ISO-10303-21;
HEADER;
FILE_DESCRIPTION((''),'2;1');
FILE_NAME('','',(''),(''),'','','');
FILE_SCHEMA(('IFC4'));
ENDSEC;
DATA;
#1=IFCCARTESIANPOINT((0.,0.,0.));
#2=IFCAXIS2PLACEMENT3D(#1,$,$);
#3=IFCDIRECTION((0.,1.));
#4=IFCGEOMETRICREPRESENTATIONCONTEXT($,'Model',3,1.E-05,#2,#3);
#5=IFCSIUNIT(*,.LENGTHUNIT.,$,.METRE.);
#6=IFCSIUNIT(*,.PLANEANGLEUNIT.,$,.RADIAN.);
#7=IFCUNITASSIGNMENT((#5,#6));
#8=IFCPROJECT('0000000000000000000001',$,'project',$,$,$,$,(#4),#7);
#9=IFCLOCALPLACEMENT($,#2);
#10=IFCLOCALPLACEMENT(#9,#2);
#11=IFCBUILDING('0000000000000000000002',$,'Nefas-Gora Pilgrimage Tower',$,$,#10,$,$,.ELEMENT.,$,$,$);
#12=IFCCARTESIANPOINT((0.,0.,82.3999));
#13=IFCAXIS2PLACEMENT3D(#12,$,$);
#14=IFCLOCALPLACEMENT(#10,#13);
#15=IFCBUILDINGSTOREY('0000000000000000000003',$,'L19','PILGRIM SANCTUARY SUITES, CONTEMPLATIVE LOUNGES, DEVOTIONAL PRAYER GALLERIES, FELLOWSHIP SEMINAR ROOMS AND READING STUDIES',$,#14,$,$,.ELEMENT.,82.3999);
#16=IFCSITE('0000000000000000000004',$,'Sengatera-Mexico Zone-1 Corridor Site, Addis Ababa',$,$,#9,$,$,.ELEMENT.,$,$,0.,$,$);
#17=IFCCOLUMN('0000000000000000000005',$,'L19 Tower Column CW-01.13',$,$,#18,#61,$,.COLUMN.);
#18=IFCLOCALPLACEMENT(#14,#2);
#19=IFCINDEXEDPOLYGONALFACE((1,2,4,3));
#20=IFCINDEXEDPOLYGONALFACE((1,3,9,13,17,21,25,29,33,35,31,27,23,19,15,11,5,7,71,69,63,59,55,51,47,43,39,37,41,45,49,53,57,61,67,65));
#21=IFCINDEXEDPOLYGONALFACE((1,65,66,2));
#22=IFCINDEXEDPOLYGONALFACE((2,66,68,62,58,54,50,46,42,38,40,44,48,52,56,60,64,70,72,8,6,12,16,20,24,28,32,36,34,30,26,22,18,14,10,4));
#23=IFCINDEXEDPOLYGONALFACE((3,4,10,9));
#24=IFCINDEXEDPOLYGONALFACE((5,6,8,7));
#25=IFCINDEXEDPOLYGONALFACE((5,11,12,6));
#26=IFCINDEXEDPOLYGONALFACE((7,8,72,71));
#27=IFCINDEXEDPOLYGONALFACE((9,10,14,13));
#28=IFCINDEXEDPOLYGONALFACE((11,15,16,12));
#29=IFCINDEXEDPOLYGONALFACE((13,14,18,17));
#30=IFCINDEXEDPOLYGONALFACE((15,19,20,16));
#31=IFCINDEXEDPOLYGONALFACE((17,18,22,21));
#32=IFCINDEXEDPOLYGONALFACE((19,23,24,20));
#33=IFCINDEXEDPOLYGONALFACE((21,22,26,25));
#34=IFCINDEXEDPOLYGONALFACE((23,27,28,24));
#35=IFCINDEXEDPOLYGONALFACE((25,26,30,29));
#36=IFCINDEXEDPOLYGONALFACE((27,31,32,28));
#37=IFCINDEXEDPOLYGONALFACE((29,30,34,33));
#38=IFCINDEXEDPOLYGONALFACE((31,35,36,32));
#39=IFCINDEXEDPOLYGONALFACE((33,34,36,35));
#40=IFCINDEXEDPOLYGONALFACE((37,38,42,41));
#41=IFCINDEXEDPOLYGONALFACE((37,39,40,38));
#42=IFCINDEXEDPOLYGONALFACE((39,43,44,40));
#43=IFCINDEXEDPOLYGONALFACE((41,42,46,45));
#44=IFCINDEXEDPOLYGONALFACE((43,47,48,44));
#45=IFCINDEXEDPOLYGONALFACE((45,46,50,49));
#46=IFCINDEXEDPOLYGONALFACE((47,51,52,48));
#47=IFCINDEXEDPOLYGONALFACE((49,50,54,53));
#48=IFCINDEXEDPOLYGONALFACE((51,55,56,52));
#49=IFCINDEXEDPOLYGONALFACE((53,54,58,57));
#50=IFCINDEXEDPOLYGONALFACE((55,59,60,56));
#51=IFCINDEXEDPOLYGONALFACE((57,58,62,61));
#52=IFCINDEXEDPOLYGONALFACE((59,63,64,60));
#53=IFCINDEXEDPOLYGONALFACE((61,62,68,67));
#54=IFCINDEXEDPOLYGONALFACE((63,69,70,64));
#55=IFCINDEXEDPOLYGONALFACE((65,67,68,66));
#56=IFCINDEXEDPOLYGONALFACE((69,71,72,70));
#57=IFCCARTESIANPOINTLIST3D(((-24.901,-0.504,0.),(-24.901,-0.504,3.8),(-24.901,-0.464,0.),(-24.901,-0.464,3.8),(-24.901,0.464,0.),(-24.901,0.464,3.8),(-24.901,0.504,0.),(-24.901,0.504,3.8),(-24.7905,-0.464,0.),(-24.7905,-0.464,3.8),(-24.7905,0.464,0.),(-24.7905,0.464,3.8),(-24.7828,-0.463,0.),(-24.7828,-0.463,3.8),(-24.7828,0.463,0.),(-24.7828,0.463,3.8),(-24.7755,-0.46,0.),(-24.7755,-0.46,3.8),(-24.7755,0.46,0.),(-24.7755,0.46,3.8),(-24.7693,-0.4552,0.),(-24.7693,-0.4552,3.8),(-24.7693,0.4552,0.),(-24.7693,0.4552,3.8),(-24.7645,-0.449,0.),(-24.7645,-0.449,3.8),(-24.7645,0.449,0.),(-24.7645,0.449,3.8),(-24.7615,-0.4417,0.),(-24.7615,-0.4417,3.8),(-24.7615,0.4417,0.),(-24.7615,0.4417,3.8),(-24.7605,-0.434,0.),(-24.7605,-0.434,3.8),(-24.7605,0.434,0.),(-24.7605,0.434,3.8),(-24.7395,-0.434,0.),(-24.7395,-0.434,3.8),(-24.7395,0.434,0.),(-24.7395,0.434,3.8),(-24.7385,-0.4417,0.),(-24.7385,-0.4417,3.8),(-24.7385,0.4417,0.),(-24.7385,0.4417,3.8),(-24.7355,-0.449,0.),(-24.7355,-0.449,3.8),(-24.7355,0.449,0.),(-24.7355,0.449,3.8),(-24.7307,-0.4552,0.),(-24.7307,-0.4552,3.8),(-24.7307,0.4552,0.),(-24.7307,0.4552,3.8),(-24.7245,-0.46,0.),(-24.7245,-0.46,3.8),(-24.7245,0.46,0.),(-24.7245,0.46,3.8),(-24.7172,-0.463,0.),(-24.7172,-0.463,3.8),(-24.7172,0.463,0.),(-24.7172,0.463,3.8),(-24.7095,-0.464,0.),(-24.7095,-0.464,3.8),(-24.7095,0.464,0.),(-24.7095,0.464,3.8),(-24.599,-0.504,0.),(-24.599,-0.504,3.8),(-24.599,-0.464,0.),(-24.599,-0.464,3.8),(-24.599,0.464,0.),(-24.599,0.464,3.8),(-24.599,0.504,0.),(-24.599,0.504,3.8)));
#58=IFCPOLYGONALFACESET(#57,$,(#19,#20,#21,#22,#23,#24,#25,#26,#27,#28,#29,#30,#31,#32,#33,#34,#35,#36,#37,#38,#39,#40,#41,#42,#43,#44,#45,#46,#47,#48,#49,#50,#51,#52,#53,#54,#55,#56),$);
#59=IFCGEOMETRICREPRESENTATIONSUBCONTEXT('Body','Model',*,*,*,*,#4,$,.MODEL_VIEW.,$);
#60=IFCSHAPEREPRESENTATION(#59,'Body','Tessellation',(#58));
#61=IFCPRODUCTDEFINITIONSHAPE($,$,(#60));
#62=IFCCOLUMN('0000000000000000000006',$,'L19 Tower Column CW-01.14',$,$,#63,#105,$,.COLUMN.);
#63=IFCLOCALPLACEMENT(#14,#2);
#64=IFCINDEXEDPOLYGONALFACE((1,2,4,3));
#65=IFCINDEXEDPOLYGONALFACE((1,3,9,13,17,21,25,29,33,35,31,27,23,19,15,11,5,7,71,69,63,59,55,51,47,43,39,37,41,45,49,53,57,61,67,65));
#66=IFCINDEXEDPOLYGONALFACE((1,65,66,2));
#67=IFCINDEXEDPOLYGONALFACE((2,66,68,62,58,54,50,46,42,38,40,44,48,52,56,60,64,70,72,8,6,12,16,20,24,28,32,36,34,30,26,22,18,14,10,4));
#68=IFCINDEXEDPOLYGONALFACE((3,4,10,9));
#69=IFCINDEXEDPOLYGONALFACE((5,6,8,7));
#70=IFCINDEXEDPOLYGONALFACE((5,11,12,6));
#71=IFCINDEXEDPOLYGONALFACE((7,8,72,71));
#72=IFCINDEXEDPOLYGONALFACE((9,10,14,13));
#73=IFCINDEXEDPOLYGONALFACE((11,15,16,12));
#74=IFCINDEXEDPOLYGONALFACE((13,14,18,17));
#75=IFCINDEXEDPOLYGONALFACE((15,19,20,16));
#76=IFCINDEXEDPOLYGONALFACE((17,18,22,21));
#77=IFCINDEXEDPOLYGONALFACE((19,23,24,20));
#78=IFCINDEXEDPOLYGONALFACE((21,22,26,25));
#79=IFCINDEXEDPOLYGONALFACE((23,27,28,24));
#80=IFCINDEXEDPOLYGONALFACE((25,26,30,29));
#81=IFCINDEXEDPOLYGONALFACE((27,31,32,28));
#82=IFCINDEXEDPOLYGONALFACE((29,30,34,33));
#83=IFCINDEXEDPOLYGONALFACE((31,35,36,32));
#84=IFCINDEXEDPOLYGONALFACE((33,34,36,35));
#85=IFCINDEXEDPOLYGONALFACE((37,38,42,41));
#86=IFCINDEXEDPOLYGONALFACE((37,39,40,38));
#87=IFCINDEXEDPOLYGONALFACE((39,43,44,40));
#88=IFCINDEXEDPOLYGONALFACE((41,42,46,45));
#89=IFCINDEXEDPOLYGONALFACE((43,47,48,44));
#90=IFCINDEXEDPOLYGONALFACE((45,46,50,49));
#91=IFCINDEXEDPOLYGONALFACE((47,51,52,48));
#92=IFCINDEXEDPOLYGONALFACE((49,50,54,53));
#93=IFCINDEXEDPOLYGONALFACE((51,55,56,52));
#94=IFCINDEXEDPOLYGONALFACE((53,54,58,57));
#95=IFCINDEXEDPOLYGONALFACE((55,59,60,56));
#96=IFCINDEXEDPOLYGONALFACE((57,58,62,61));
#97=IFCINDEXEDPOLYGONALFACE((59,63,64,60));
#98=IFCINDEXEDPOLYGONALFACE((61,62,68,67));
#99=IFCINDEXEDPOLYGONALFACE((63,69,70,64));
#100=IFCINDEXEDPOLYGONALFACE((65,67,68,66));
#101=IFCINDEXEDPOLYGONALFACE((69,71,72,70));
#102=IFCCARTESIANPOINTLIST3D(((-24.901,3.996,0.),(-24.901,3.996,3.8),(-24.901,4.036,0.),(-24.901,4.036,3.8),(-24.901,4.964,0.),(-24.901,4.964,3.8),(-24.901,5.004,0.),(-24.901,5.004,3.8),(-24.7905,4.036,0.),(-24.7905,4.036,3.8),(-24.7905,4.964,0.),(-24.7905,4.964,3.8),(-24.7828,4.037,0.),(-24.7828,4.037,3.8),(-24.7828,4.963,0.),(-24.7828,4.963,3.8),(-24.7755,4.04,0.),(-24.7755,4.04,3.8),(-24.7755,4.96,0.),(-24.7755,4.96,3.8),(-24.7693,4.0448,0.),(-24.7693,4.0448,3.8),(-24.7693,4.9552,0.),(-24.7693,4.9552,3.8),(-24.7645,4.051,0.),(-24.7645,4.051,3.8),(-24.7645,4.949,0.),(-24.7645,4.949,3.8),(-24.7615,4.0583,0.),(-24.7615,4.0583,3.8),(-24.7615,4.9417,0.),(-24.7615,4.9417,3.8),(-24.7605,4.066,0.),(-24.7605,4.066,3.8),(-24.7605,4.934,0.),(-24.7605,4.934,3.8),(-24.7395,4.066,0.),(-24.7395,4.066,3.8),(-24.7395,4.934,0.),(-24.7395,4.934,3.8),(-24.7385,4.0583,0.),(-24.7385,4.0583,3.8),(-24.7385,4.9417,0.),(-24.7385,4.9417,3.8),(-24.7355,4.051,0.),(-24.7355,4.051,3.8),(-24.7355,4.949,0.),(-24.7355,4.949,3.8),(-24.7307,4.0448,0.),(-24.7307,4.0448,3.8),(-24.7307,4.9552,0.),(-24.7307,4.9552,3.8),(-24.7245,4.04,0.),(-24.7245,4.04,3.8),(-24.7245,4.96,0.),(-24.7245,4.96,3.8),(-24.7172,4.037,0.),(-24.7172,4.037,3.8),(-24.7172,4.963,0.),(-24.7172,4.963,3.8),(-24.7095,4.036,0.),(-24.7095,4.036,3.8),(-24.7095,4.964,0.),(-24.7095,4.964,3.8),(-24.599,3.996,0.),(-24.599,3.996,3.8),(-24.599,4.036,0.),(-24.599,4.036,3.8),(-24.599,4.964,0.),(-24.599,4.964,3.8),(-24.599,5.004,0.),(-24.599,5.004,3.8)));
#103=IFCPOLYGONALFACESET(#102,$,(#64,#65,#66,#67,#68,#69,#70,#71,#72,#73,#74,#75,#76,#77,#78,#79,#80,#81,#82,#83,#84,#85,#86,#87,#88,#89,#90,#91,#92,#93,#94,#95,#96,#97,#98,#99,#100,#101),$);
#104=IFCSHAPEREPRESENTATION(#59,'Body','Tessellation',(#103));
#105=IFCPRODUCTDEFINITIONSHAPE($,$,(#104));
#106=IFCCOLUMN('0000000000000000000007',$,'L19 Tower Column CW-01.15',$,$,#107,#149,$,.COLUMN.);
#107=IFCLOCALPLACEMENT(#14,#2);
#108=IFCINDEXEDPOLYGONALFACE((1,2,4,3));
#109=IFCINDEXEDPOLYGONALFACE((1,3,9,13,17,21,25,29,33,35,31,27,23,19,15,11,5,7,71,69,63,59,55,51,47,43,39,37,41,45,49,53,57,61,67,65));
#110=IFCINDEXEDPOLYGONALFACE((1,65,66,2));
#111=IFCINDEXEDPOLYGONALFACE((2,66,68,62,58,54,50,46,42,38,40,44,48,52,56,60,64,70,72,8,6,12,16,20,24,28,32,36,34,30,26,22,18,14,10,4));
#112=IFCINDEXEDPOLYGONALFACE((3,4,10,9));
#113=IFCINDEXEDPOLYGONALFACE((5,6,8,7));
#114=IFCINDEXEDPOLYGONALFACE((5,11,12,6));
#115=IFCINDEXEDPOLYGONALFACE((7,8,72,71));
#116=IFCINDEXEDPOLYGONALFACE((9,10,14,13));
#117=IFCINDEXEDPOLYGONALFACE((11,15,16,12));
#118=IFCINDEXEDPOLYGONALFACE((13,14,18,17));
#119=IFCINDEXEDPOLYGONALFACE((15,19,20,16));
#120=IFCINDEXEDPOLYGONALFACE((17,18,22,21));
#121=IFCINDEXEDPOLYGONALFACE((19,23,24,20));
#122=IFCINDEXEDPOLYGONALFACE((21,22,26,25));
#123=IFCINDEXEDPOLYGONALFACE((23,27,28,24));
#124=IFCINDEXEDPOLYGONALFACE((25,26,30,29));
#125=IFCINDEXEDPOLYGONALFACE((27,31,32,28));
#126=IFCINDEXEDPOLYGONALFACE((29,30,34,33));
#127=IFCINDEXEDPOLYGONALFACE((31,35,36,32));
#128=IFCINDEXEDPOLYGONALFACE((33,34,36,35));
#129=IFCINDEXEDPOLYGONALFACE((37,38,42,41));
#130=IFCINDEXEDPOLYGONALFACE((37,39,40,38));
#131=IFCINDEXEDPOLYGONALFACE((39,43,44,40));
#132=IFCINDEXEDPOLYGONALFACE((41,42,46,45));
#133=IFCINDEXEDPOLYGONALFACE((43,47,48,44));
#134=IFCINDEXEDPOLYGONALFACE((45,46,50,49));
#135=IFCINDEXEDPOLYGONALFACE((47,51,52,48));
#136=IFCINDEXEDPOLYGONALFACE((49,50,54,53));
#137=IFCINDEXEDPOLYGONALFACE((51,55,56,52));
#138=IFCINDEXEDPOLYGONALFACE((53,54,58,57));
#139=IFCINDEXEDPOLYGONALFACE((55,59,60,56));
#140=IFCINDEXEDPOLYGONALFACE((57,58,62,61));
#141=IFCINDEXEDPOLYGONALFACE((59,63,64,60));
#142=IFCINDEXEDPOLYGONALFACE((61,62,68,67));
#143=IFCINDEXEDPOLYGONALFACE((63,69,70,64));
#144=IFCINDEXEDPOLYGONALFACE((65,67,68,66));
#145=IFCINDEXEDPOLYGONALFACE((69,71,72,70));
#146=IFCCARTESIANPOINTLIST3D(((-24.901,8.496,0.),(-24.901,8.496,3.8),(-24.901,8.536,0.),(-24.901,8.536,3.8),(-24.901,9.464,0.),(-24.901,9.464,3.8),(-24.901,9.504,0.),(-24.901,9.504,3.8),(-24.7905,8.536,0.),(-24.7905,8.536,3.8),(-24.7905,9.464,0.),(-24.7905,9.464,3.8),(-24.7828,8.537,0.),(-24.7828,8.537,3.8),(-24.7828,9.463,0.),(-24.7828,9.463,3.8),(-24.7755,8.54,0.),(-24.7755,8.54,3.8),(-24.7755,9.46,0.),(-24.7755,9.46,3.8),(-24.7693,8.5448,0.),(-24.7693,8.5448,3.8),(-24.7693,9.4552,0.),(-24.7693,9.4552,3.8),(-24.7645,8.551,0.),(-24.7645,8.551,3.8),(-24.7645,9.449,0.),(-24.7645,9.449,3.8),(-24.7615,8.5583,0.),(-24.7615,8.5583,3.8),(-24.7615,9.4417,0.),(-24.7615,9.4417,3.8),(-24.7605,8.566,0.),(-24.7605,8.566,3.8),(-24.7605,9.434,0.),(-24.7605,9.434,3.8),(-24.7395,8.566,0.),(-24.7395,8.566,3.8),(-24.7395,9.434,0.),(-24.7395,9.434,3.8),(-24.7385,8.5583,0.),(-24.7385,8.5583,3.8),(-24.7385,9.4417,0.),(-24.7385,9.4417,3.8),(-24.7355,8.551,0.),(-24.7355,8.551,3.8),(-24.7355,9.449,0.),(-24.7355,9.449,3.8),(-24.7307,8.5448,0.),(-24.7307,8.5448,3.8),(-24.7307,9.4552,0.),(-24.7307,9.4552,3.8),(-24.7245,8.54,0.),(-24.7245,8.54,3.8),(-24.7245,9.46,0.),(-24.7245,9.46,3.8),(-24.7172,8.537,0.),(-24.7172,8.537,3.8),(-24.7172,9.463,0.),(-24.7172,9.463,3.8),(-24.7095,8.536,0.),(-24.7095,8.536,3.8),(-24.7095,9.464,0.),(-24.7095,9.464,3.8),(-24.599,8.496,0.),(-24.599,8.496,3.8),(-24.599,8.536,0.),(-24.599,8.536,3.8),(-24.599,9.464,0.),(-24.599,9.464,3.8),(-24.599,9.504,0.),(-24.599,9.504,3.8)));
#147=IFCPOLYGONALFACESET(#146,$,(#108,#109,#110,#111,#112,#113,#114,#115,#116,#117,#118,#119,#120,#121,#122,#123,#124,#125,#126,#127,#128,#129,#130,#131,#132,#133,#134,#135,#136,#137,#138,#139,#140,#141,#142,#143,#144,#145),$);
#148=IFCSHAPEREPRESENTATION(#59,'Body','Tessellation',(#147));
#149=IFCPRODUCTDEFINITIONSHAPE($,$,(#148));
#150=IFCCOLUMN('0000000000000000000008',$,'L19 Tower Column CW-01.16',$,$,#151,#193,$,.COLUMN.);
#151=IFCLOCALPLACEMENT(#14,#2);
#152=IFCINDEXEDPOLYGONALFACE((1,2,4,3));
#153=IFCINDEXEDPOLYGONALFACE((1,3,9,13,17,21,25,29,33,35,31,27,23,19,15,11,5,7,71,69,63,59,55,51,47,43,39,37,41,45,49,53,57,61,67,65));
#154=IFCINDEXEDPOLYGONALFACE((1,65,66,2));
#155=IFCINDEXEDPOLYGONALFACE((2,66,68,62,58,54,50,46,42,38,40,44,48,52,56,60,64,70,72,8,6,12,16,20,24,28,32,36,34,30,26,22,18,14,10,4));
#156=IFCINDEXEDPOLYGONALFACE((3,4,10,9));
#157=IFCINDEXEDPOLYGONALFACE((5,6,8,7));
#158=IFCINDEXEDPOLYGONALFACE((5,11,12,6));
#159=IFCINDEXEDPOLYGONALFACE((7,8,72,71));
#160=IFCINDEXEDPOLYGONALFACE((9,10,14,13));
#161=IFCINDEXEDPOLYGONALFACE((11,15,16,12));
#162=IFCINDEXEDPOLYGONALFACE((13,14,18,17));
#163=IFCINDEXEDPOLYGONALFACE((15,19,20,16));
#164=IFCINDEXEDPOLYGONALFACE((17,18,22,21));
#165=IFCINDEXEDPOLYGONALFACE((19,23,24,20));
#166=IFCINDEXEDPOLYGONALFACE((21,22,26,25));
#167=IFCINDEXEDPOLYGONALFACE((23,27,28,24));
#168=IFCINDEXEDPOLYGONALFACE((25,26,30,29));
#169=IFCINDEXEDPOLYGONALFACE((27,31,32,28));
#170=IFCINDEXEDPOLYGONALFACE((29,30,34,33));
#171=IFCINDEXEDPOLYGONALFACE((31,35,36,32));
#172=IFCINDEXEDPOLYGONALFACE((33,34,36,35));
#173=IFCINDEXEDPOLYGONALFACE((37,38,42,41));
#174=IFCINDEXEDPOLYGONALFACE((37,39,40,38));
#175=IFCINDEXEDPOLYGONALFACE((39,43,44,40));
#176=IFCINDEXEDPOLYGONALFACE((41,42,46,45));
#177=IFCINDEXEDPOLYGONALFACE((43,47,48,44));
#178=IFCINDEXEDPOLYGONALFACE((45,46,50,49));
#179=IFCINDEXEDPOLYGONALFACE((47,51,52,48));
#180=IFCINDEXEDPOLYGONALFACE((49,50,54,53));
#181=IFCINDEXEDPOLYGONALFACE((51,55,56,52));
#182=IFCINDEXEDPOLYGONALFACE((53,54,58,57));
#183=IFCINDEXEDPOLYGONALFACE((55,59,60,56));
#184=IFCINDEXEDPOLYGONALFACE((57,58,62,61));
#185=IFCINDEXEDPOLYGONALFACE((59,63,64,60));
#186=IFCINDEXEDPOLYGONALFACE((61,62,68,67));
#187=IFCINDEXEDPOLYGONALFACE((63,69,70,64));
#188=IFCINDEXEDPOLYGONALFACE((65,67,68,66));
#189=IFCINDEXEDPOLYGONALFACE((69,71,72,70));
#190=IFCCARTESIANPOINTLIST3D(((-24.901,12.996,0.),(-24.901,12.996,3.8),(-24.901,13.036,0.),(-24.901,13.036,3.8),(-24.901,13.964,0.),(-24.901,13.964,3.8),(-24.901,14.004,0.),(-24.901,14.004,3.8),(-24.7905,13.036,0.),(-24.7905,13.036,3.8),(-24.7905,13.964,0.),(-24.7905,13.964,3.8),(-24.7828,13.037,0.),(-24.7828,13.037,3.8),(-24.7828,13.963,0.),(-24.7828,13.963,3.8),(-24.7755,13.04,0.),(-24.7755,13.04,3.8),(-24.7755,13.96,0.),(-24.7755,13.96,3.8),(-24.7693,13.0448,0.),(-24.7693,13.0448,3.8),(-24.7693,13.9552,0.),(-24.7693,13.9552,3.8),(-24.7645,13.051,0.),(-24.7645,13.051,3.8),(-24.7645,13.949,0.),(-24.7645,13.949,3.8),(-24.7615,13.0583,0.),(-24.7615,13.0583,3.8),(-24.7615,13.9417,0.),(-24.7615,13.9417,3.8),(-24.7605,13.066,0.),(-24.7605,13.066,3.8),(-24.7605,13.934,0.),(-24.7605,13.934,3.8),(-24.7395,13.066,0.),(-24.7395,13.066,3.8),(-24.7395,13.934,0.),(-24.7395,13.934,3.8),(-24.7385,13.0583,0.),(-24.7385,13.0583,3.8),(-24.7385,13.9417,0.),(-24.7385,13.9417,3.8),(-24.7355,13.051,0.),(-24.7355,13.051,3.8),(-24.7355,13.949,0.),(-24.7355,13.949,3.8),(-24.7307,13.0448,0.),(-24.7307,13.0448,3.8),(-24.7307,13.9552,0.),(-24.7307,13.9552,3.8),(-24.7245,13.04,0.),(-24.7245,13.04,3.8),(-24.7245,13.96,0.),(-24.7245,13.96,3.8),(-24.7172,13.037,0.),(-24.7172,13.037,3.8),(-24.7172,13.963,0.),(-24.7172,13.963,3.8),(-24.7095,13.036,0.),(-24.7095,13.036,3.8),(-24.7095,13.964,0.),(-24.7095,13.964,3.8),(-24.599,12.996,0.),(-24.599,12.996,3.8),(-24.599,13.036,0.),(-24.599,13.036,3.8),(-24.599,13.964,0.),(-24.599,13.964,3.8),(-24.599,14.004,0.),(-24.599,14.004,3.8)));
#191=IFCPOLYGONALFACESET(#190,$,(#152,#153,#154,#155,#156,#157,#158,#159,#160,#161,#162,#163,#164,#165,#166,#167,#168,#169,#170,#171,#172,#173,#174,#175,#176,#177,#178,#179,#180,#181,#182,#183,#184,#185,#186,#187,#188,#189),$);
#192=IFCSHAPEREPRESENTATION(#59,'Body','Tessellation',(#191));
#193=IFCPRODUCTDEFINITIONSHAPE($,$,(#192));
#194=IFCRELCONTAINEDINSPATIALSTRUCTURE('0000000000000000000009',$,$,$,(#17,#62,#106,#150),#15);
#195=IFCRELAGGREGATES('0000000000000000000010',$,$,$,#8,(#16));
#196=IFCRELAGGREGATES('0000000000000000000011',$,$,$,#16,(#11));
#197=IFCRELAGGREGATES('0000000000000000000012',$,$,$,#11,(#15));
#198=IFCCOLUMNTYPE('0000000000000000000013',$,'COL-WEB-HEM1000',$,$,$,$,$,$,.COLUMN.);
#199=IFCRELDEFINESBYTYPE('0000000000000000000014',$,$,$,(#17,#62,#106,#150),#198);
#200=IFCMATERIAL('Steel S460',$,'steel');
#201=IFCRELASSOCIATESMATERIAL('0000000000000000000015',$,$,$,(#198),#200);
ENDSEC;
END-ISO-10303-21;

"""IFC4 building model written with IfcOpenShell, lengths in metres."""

from ifc_helpers import new_model, si_unit, direction, frame, origin, origin_2d, place, context, subcontext, project, spatial, i_section, extrude, source, transform, mapped, material, material_profile, profile_set, type_object, element, save


model = new_model("IFC4")

# Units and contexts
model_context = context("Model", 3, precision=1e-05, world=origin(), true_north=direction((0.0, 1.0)))
body_context = subcontext(model_context, "Body", "Model", "MODEL_VIEW")
ifc_project = project(units=[si_unit("LENGTHUNIT", "METRE"), si_unit("PLANEANGLEUNIT", "RADIAN")], contexts=[model_context])

# Site, building, storey
site_placement = place(None, origin())
site = spatial("IfcSite", under=ifc_project, at=site_placement, Name="Sengatera-Mexico Zone-1 Corridor Site, Addis Ababa", CompositionType="ELEMENT", RefElevation=0.0)
building_placement = place(site_placement, origin())
building = spatial("IfcBuilding", under=site, at=building_placement, Name="Nefas-Gora Pilgrimage Tower", CompositionType="ELEMENT")
storey_placement = place(building_placement, frame((0.0, 0.0, 82.3999)))
storey = spatial("IfcBuildingStorey", under=building, at=storey_placement, Name="L19", Description="PILGRIM SANCTUARY SUITES, CONTEMPLATIVE LOUNGES, DEVOTIONAL PRAYER GALLERIES, FELLOWSHIP SEMINAR ROOMS AND READING STUDIES", CompositionType="ELEMENT", Elevation=82.3999)

# Columns
ifc_material_1 = material(Name="Steel S460", Category="steel")
ifc_material_profile_1 = material_profile(ifc_material_1, i_section(OverallWidth=0.302, OverallDepth=1.0081, WebThickness=0.021, FlangeThickness=0.04, FilletRadius=0.03, at=origin_2d()), Name="HEM 1000")
ifc_profile_set_1 = profile_set([ifc_material_profile_1], Name="Steel S460")
column_type_1 = type_object("IfcColumnType", Name="COL-WEB-HEM1000", PredefinedType="COLUMN", material=ifc_profile_set_1)
shared_shape_1 = source(origin(), body_context, "Body", "SweptSolid", [
    extrude(i_section(OverallWidth=0.302, OverallDepth=1.0081, WebThickness=0.021, FlangeThickness=0.04, FilletRadius=0.03, at=origin_2d()), origin(), (0.0, 0.0, 1.0), 3.8),
])
for number, where, z_axis, x_axis, name in (
    (1, (-24.75, 0.0, 0.0), (0.0, 0.0, 1.0), (1.0, 0.0, 0.0), "L19 Tower Column CW-01.13"),
    (2, (-24.75, 4.5, 0.0), (0.0, 0.0, 1.0), (1.0, 0.0, 0.0), "L19 Tower Column CW-01.14"),
    (3, (-24.75, 9.0, 0.0), (0.0, 0.0, 1.0), (1.0, 0.0, 0.0), "L19 Tower Column CW-01.15"),
    (4, (-24.75, 13.5, 0.0), (0.0, 0.0, 1.0), (1.0, 0.0, 0.0), "L19 Tower Column CW-01.16"),
):
    element("IfcColumn", number, at=place(storey_placement, frame(where, z_axis=z_axis, x_axis=x_axis)), inside=storey, type_object=column_type_1, Name=name, PredefinedType="COLUMN", context=body_context, shape_type="MappedRepresentation", body=[
        mapped(shared_shape_1, transform((0.0, 0.0, 0.0), x_axis=(1.0, 0.0, 0.0), y_axis=(0.0, 1.0, 0.0), z_axis=(0.0, 0.0, 1.0), scale=1.0)),
    ])

save(model, "model.ifc")
